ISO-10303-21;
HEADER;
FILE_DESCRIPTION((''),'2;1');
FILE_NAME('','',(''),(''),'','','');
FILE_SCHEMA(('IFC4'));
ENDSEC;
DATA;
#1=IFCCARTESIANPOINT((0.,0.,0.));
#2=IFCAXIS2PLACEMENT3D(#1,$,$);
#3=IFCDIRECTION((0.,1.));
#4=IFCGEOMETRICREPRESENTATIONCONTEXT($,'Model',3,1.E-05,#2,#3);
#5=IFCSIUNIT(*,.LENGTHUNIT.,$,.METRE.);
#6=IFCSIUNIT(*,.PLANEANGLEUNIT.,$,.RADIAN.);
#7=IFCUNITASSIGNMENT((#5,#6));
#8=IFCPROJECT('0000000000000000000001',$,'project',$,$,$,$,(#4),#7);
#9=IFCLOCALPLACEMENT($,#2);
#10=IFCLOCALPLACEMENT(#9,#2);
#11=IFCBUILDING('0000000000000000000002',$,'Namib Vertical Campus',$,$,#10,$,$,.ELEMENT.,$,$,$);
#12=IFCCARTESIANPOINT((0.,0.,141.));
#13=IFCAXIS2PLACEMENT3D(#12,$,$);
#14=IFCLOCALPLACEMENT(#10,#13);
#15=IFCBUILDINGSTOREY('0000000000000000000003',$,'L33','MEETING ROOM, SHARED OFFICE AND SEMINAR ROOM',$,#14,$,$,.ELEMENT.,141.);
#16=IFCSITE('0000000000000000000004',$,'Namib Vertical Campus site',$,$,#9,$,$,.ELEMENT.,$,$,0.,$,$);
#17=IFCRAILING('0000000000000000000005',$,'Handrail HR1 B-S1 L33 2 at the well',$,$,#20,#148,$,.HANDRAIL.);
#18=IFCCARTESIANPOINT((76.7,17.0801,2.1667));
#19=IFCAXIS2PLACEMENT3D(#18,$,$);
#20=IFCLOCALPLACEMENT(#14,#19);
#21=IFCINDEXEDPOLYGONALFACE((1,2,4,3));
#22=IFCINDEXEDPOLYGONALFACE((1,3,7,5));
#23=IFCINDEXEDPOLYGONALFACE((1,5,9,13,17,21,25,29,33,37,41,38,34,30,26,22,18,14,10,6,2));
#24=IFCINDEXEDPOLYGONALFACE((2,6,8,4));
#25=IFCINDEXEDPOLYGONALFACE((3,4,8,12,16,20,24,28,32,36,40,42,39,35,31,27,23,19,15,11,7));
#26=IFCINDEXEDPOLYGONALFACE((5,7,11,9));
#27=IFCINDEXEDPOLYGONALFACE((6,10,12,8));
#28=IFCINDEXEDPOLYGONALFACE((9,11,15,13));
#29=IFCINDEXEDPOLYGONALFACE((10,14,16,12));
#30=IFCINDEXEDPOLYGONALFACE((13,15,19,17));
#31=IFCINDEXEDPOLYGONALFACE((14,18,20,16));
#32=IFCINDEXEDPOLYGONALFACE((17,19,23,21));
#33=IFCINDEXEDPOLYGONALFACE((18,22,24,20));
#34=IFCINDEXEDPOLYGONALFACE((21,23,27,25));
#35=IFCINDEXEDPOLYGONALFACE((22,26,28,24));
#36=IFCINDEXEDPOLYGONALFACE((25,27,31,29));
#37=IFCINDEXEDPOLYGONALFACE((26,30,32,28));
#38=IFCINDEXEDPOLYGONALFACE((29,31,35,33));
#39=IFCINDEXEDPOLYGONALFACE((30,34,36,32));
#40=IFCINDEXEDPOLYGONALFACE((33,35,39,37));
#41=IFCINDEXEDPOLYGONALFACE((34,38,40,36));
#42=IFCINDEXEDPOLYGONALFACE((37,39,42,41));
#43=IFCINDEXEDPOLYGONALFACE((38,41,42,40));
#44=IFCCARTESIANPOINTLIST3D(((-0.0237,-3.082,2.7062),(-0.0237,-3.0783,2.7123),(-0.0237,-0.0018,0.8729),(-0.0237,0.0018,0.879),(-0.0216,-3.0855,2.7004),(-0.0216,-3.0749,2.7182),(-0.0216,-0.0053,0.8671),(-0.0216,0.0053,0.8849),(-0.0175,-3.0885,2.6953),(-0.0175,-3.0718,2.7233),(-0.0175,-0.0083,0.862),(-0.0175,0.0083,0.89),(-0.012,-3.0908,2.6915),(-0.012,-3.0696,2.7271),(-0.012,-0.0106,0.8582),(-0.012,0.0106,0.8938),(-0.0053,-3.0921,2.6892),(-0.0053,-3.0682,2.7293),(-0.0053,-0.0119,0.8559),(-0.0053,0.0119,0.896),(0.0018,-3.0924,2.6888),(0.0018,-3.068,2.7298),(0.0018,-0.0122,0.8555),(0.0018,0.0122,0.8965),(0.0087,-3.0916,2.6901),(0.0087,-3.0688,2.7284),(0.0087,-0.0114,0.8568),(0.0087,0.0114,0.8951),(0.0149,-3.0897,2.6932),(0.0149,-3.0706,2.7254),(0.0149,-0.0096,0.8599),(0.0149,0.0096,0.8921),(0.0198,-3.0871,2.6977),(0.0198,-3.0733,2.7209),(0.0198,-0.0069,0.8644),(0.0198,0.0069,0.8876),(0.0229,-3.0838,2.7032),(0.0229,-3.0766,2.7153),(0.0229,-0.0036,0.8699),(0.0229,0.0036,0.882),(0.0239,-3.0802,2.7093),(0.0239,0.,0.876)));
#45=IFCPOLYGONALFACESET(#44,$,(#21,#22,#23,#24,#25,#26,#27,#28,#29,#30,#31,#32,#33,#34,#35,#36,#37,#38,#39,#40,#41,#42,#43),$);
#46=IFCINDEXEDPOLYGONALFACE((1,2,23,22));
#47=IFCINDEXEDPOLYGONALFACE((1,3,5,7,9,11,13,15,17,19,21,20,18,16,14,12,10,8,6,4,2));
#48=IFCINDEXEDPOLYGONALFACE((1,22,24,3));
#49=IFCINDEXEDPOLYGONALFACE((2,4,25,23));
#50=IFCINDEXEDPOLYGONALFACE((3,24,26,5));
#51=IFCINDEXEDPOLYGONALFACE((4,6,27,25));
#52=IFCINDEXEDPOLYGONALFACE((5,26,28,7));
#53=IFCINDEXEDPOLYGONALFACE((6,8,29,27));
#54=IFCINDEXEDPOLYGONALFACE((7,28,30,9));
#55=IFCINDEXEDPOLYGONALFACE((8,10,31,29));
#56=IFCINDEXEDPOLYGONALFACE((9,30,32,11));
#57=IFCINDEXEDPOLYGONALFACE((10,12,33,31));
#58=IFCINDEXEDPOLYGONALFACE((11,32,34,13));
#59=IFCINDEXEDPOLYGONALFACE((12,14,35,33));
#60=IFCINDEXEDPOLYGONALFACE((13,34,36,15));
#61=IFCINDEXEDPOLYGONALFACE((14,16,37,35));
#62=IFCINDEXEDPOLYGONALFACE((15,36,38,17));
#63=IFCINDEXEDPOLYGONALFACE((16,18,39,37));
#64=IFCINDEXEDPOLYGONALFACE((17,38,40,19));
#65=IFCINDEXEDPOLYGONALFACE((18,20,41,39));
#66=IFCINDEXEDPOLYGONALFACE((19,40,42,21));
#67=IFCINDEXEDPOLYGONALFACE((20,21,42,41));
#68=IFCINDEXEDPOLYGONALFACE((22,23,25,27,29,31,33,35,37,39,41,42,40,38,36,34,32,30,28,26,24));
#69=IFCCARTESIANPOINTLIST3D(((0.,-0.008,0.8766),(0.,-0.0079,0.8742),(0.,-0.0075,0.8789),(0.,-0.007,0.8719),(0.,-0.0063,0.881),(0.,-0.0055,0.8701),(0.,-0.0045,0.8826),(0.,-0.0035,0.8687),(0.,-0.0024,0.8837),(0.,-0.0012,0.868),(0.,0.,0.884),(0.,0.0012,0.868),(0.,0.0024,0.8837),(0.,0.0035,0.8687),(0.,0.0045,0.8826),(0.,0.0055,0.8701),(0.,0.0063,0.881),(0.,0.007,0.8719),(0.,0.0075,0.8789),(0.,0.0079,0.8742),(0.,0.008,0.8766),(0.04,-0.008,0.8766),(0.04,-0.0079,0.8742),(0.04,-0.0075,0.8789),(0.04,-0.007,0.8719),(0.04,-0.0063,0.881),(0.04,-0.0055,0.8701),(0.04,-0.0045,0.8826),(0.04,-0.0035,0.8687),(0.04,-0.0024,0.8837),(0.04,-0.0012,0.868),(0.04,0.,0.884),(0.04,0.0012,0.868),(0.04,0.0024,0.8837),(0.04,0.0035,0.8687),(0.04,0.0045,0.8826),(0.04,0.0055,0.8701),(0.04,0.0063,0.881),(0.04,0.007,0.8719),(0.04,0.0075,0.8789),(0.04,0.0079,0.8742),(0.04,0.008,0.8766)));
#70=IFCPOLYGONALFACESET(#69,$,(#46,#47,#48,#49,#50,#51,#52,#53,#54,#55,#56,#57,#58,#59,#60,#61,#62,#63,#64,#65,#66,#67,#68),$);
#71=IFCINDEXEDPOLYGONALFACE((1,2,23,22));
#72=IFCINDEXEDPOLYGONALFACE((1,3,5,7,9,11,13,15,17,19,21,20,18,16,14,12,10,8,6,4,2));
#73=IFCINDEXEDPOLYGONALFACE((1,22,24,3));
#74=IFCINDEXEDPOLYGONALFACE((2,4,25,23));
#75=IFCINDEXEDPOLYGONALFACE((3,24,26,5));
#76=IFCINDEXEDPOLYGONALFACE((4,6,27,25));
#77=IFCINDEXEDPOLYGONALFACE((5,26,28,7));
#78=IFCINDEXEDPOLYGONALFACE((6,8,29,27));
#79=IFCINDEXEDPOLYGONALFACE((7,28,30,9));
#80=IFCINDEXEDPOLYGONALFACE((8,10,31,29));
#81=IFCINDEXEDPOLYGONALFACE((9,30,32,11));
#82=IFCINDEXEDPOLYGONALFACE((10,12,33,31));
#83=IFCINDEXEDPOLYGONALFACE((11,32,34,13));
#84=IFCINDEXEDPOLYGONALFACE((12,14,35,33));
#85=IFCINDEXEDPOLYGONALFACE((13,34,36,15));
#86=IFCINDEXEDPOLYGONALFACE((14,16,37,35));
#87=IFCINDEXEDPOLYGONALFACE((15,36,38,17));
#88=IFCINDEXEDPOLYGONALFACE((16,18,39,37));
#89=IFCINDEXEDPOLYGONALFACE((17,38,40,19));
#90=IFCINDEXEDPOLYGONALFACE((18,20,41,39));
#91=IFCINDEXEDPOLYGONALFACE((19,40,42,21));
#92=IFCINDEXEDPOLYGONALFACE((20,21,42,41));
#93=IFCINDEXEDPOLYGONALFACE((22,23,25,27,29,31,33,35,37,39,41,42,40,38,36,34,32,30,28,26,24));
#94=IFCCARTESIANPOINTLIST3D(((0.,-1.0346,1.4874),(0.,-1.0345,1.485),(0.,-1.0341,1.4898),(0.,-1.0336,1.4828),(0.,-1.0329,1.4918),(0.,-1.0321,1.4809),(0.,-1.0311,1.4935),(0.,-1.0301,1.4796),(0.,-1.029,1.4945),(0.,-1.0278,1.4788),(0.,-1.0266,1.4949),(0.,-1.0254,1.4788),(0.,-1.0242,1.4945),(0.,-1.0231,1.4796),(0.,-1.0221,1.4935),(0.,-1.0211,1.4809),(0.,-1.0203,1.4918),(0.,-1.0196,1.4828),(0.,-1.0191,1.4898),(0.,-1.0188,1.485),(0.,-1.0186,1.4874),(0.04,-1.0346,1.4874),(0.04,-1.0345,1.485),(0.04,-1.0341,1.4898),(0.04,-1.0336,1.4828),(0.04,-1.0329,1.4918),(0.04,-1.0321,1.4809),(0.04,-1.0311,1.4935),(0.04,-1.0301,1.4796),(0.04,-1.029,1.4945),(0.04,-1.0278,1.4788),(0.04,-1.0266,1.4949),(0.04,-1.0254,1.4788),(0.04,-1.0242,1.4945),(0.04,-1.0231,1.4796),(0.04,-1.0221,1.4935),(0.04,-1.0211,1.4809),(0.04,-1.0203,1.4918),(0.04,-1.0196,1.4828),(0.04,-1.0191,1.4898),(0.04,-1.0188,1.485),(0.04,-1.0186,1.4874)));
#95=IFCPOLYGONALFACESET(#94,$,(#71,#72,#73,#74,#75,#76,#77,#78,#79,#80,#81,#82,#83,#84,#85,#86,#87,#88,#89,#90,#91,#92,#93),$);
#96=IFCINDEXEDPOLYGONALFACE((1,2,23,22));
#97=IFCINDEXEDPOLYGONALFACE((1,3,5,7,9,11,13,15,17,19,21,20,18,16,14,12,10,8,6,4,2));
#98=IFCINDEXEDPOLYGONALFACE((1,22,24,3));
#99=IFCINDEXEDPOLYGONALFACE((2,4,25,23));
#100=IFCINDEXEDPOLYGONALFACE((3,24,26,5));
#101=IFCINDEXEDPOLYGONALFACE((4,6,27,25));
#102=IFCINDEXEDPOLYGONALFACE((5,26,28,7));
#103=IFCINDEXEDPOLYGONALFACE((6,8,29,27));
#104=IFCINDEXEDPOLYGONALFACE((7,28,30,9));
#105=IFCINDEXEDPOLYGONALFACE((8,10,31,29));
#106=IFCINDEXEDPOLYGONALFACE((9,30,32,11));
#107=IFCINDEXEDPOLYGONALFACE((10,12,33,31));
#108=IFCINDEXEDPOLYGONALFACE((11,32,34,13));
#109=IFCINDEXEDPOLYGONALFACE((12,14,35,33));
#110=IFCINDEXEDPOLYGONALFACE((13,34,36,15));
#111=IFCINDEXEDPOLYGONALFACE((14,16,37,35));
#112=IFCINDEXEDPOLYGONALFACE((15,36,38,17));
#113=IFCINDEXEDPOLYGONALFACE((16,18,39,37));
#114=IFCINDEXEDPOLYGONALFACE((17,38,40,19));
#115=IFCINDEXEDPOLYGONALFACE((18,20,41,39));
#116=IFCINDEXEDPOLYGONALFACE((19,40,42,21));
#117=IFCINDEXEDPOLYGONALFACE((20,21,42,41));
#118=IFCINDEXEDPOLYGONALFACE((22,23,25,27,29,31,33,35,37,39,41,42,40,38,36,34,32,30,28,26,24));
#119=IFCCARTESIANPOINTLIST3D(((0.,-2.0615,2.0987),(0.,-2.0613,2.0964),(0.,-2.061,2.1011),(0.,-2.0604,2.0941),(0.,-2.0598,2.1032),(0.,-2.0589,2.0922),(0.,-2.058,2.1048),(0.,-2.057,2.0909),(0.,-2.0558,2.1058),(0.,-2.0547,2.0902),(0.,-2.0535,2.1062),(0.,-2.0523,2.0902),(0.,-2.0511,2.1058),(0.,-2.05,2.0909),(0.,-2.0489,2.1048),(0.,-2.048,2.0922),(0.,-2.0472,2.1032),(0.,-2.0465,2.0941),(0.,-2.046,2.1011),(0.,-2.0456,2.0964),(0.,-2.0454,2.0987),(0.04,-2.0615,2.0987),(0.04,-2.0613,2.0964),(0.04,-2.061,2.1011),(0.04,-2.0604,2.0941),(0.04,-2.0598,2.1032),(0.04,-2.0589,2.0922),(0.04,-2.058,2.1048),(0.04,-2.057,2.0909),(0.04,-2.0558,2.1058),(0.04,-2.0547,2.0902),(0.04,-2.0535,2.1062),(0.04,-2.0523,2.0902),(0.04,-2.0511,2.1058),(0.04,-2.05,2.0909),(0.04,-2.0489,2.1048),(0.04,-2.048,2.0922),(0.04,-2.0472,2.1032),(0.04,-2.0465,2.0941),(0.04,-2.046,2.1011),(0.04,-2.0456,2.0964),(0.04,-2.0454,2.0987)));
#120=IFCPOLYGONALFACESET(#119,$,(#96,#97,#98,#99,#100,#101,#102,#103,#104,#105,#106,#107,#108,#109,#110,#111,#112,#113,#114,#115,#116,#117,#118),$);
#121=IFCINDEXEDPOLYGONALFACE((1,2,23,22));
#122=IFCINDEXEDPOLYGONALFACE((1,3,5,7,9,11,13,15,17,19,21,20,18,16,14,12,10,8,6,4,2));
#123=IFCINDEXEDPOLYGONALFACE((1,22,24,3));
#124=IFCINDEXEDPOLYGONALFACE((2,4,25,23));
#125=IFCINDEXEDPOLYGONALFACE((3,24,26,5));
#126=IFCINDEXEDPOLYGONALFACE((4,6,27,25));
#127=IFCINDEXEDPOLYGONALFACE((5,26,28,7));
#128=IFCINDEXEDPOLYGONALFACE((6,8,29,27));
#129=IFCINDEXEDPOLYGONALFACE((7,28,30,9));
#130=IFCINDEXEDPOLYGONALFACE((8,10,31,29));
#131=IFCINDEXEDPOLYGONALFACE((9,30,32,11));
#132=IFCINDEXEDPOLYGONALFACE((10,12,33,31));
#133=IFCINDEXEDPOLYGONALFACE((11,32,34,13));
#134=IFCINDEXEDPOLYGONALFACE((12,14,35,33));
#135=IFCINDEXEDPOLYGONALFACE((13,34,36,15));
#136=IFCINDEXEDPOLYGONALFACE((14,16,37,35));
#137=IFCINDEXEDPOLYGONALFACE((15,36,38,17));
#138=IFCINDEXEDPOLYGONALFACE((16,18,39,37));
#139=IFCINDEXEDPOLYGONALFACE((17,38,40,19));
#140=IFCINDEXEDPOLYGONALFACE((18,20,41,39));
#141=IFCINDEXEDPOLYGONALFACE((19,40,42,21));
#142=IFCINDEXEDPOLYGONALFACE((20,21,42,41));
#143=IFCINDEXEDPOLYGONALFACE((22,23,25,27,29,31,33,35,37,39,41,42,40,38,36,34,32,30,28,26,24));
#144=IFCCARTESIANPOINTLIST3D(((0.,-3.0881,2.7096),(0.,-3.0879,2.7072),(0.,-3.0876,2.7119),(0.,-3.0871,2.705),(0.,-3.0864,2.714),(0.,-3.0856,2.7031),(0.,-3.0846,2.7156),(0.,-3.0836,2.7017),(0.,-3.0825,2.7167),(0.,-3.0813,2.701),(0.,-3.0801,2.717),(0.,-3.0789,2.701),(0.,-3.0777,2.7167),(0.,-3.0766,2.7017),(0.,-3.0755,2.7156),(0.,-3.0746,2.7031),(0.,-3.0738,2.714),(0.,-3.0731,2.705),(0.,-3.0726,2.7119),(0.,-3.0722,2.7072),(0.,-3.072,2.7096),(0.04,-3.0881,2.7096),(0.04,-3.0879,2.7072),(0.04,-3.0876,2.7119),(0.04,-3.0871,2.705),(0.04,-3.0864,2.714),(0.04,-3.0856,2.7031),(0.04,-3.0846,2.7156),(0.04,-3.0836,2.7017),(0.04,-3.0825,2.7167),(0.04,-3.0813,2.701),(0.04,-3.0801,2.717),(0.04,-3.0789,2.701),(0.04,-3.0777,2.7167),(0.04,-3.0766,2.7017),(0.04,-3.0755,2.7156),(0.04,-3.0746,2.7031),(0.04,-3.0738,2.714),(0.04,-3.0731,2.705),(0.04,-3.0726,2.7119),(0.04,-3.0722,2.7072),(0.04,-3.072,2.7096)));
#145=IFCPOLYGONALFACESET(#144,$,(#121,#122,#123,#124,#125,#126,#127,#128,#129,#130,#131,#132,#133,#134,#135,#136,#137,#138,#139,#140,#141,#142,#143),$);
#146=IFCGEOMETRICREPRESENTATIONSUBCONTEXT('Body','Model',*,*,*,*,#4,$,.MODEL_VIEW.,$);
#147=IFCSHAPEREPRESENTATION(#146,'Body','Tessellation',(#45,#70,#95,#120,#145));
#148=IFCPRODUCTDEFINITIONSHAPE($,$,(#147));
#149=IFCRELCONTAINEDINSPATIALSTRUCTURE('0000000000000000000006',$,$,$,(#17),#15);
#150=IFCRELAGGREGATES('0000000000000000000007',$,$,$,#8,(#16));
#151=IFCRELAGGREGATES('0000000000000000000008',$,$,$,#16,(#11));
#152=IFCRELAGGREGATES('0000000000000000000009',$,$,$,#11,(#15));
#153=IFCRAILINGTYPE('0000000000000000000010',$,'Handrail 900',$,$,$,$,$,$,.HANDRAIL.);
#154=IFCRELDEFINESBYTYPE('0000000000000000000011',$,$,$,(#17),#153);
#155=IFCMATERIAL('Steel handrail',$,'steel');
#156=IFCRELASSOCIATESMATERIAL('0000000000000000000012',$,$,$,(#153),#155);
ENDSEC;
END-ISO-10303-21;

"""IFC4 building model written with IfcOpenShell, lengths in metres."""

from ifc_helpers import new_model, si_unit, direction, frame, origin, origin_2d, place, context, subcontext, project, spatial, circle, extrude, material, type_object, element, save


model = new_model("IFC4")

# Units and contexts
model_context = context("Model", 3, precision=1e-05, world=origin(), true_north=direction((0.0, 1.0)))
body_context = subcontext(model_context, "Body", "Model", "MODEL_VIEW")
ifc_project = project(units=[si_unit("LENGTHUNIT", "METRE"), si_unit("PLANEANGLEUNIT", "RADIAN")], contexts=[model_context])

# Site, building, storey
site_placement = place(None, origin())
site = spatial("IfcSite", under=ifc_project, at=site_placement, Name="Namib Vertical Campus site", CompositionType="ELEMENT", RefElevation=0.0)
building_placement = place(site_placement, origin())
building = spatial("IfcBuilding", under=site, at=building_placement, Name="Namib Vertical Campus", CompositionType="ELEMENT")
storey_placement = place(building_placement, frame((0.0, 0.0, 141.0)))
storey = spatial("IfcBuildingStorey", under=building, at=storey_placement, Name="L33", Description="MEETING ROOM, SHARED OFFICE AND SEMINAR ROOM", CompositionType="ELEMENT", Elevation=141.0)

# Railing
ifc_material_1 = material(Name="Steel handrail", Category="steel")
railing_type_1 = type_object("IfcRailingType", Name="Handrail 900", PredefinedType="HANDRAIL", material=ifc_material_1)
railing_1_placement = place(storey_placement, frame((76.7, 17.0801, 2.1667)))
element("IfcRailing", 1, at=railing_1_placement, inside=storey, type_object=railing_type_1, Name="Handrail HR1 B-S1 L33 2 at the well", PredefinedType="HANDRAIL", context=body_context, shape_type="SweptSolid", body=[
    extrude(circle(Radius=0.0239, at=origin_2d()), frame((0.0, 0.0, 0.876), z_axis=(0.0, -0.859309, 0.511458), x_axis=(1.0, 0.0, 0.0)), (0.0, 0.0, 1.0), 3.5845),
    extrude(circle(Radius=0.0081, at=origin_2d()), frame((0.0, 0.0, 0.876), z_axis=(1.0, 0.0, 0.0), x_axis=(0.0, 0.0, 1.0)), (0.0, 0.0, 1.0), 0.04),
    extrude(circle(Radius=0.0081, at=origin_2d()), frame((0.0, -1.0266, 1.4868), z_axis=(1.0, 0.0, 0.0), x_axis=(0.0, 0.0, 1.0)), (0.0, 0.0, 1.0), 0.04),
    extrude(circle(Radius=0.0081, at=origin_2d()), frame((0.0, -2.0535, 2.0981), z_axis=(1.0, 0.0, 0.0), x_axis=(0.0, 0.0, 1.0)), (0.0, 0.0, 1.0), 0.04),
    extrude(circle(Radius=0.0081, at=origin_2d()), frame((0.0, -3.0801, 2.709), z_axis=(1.0, 0.0, 0.0), x_axis=(0.0, 0.0, 1.0)), (0.0, 0.0, 1.0), 0.04),
])

save(model, "model.ifc")
